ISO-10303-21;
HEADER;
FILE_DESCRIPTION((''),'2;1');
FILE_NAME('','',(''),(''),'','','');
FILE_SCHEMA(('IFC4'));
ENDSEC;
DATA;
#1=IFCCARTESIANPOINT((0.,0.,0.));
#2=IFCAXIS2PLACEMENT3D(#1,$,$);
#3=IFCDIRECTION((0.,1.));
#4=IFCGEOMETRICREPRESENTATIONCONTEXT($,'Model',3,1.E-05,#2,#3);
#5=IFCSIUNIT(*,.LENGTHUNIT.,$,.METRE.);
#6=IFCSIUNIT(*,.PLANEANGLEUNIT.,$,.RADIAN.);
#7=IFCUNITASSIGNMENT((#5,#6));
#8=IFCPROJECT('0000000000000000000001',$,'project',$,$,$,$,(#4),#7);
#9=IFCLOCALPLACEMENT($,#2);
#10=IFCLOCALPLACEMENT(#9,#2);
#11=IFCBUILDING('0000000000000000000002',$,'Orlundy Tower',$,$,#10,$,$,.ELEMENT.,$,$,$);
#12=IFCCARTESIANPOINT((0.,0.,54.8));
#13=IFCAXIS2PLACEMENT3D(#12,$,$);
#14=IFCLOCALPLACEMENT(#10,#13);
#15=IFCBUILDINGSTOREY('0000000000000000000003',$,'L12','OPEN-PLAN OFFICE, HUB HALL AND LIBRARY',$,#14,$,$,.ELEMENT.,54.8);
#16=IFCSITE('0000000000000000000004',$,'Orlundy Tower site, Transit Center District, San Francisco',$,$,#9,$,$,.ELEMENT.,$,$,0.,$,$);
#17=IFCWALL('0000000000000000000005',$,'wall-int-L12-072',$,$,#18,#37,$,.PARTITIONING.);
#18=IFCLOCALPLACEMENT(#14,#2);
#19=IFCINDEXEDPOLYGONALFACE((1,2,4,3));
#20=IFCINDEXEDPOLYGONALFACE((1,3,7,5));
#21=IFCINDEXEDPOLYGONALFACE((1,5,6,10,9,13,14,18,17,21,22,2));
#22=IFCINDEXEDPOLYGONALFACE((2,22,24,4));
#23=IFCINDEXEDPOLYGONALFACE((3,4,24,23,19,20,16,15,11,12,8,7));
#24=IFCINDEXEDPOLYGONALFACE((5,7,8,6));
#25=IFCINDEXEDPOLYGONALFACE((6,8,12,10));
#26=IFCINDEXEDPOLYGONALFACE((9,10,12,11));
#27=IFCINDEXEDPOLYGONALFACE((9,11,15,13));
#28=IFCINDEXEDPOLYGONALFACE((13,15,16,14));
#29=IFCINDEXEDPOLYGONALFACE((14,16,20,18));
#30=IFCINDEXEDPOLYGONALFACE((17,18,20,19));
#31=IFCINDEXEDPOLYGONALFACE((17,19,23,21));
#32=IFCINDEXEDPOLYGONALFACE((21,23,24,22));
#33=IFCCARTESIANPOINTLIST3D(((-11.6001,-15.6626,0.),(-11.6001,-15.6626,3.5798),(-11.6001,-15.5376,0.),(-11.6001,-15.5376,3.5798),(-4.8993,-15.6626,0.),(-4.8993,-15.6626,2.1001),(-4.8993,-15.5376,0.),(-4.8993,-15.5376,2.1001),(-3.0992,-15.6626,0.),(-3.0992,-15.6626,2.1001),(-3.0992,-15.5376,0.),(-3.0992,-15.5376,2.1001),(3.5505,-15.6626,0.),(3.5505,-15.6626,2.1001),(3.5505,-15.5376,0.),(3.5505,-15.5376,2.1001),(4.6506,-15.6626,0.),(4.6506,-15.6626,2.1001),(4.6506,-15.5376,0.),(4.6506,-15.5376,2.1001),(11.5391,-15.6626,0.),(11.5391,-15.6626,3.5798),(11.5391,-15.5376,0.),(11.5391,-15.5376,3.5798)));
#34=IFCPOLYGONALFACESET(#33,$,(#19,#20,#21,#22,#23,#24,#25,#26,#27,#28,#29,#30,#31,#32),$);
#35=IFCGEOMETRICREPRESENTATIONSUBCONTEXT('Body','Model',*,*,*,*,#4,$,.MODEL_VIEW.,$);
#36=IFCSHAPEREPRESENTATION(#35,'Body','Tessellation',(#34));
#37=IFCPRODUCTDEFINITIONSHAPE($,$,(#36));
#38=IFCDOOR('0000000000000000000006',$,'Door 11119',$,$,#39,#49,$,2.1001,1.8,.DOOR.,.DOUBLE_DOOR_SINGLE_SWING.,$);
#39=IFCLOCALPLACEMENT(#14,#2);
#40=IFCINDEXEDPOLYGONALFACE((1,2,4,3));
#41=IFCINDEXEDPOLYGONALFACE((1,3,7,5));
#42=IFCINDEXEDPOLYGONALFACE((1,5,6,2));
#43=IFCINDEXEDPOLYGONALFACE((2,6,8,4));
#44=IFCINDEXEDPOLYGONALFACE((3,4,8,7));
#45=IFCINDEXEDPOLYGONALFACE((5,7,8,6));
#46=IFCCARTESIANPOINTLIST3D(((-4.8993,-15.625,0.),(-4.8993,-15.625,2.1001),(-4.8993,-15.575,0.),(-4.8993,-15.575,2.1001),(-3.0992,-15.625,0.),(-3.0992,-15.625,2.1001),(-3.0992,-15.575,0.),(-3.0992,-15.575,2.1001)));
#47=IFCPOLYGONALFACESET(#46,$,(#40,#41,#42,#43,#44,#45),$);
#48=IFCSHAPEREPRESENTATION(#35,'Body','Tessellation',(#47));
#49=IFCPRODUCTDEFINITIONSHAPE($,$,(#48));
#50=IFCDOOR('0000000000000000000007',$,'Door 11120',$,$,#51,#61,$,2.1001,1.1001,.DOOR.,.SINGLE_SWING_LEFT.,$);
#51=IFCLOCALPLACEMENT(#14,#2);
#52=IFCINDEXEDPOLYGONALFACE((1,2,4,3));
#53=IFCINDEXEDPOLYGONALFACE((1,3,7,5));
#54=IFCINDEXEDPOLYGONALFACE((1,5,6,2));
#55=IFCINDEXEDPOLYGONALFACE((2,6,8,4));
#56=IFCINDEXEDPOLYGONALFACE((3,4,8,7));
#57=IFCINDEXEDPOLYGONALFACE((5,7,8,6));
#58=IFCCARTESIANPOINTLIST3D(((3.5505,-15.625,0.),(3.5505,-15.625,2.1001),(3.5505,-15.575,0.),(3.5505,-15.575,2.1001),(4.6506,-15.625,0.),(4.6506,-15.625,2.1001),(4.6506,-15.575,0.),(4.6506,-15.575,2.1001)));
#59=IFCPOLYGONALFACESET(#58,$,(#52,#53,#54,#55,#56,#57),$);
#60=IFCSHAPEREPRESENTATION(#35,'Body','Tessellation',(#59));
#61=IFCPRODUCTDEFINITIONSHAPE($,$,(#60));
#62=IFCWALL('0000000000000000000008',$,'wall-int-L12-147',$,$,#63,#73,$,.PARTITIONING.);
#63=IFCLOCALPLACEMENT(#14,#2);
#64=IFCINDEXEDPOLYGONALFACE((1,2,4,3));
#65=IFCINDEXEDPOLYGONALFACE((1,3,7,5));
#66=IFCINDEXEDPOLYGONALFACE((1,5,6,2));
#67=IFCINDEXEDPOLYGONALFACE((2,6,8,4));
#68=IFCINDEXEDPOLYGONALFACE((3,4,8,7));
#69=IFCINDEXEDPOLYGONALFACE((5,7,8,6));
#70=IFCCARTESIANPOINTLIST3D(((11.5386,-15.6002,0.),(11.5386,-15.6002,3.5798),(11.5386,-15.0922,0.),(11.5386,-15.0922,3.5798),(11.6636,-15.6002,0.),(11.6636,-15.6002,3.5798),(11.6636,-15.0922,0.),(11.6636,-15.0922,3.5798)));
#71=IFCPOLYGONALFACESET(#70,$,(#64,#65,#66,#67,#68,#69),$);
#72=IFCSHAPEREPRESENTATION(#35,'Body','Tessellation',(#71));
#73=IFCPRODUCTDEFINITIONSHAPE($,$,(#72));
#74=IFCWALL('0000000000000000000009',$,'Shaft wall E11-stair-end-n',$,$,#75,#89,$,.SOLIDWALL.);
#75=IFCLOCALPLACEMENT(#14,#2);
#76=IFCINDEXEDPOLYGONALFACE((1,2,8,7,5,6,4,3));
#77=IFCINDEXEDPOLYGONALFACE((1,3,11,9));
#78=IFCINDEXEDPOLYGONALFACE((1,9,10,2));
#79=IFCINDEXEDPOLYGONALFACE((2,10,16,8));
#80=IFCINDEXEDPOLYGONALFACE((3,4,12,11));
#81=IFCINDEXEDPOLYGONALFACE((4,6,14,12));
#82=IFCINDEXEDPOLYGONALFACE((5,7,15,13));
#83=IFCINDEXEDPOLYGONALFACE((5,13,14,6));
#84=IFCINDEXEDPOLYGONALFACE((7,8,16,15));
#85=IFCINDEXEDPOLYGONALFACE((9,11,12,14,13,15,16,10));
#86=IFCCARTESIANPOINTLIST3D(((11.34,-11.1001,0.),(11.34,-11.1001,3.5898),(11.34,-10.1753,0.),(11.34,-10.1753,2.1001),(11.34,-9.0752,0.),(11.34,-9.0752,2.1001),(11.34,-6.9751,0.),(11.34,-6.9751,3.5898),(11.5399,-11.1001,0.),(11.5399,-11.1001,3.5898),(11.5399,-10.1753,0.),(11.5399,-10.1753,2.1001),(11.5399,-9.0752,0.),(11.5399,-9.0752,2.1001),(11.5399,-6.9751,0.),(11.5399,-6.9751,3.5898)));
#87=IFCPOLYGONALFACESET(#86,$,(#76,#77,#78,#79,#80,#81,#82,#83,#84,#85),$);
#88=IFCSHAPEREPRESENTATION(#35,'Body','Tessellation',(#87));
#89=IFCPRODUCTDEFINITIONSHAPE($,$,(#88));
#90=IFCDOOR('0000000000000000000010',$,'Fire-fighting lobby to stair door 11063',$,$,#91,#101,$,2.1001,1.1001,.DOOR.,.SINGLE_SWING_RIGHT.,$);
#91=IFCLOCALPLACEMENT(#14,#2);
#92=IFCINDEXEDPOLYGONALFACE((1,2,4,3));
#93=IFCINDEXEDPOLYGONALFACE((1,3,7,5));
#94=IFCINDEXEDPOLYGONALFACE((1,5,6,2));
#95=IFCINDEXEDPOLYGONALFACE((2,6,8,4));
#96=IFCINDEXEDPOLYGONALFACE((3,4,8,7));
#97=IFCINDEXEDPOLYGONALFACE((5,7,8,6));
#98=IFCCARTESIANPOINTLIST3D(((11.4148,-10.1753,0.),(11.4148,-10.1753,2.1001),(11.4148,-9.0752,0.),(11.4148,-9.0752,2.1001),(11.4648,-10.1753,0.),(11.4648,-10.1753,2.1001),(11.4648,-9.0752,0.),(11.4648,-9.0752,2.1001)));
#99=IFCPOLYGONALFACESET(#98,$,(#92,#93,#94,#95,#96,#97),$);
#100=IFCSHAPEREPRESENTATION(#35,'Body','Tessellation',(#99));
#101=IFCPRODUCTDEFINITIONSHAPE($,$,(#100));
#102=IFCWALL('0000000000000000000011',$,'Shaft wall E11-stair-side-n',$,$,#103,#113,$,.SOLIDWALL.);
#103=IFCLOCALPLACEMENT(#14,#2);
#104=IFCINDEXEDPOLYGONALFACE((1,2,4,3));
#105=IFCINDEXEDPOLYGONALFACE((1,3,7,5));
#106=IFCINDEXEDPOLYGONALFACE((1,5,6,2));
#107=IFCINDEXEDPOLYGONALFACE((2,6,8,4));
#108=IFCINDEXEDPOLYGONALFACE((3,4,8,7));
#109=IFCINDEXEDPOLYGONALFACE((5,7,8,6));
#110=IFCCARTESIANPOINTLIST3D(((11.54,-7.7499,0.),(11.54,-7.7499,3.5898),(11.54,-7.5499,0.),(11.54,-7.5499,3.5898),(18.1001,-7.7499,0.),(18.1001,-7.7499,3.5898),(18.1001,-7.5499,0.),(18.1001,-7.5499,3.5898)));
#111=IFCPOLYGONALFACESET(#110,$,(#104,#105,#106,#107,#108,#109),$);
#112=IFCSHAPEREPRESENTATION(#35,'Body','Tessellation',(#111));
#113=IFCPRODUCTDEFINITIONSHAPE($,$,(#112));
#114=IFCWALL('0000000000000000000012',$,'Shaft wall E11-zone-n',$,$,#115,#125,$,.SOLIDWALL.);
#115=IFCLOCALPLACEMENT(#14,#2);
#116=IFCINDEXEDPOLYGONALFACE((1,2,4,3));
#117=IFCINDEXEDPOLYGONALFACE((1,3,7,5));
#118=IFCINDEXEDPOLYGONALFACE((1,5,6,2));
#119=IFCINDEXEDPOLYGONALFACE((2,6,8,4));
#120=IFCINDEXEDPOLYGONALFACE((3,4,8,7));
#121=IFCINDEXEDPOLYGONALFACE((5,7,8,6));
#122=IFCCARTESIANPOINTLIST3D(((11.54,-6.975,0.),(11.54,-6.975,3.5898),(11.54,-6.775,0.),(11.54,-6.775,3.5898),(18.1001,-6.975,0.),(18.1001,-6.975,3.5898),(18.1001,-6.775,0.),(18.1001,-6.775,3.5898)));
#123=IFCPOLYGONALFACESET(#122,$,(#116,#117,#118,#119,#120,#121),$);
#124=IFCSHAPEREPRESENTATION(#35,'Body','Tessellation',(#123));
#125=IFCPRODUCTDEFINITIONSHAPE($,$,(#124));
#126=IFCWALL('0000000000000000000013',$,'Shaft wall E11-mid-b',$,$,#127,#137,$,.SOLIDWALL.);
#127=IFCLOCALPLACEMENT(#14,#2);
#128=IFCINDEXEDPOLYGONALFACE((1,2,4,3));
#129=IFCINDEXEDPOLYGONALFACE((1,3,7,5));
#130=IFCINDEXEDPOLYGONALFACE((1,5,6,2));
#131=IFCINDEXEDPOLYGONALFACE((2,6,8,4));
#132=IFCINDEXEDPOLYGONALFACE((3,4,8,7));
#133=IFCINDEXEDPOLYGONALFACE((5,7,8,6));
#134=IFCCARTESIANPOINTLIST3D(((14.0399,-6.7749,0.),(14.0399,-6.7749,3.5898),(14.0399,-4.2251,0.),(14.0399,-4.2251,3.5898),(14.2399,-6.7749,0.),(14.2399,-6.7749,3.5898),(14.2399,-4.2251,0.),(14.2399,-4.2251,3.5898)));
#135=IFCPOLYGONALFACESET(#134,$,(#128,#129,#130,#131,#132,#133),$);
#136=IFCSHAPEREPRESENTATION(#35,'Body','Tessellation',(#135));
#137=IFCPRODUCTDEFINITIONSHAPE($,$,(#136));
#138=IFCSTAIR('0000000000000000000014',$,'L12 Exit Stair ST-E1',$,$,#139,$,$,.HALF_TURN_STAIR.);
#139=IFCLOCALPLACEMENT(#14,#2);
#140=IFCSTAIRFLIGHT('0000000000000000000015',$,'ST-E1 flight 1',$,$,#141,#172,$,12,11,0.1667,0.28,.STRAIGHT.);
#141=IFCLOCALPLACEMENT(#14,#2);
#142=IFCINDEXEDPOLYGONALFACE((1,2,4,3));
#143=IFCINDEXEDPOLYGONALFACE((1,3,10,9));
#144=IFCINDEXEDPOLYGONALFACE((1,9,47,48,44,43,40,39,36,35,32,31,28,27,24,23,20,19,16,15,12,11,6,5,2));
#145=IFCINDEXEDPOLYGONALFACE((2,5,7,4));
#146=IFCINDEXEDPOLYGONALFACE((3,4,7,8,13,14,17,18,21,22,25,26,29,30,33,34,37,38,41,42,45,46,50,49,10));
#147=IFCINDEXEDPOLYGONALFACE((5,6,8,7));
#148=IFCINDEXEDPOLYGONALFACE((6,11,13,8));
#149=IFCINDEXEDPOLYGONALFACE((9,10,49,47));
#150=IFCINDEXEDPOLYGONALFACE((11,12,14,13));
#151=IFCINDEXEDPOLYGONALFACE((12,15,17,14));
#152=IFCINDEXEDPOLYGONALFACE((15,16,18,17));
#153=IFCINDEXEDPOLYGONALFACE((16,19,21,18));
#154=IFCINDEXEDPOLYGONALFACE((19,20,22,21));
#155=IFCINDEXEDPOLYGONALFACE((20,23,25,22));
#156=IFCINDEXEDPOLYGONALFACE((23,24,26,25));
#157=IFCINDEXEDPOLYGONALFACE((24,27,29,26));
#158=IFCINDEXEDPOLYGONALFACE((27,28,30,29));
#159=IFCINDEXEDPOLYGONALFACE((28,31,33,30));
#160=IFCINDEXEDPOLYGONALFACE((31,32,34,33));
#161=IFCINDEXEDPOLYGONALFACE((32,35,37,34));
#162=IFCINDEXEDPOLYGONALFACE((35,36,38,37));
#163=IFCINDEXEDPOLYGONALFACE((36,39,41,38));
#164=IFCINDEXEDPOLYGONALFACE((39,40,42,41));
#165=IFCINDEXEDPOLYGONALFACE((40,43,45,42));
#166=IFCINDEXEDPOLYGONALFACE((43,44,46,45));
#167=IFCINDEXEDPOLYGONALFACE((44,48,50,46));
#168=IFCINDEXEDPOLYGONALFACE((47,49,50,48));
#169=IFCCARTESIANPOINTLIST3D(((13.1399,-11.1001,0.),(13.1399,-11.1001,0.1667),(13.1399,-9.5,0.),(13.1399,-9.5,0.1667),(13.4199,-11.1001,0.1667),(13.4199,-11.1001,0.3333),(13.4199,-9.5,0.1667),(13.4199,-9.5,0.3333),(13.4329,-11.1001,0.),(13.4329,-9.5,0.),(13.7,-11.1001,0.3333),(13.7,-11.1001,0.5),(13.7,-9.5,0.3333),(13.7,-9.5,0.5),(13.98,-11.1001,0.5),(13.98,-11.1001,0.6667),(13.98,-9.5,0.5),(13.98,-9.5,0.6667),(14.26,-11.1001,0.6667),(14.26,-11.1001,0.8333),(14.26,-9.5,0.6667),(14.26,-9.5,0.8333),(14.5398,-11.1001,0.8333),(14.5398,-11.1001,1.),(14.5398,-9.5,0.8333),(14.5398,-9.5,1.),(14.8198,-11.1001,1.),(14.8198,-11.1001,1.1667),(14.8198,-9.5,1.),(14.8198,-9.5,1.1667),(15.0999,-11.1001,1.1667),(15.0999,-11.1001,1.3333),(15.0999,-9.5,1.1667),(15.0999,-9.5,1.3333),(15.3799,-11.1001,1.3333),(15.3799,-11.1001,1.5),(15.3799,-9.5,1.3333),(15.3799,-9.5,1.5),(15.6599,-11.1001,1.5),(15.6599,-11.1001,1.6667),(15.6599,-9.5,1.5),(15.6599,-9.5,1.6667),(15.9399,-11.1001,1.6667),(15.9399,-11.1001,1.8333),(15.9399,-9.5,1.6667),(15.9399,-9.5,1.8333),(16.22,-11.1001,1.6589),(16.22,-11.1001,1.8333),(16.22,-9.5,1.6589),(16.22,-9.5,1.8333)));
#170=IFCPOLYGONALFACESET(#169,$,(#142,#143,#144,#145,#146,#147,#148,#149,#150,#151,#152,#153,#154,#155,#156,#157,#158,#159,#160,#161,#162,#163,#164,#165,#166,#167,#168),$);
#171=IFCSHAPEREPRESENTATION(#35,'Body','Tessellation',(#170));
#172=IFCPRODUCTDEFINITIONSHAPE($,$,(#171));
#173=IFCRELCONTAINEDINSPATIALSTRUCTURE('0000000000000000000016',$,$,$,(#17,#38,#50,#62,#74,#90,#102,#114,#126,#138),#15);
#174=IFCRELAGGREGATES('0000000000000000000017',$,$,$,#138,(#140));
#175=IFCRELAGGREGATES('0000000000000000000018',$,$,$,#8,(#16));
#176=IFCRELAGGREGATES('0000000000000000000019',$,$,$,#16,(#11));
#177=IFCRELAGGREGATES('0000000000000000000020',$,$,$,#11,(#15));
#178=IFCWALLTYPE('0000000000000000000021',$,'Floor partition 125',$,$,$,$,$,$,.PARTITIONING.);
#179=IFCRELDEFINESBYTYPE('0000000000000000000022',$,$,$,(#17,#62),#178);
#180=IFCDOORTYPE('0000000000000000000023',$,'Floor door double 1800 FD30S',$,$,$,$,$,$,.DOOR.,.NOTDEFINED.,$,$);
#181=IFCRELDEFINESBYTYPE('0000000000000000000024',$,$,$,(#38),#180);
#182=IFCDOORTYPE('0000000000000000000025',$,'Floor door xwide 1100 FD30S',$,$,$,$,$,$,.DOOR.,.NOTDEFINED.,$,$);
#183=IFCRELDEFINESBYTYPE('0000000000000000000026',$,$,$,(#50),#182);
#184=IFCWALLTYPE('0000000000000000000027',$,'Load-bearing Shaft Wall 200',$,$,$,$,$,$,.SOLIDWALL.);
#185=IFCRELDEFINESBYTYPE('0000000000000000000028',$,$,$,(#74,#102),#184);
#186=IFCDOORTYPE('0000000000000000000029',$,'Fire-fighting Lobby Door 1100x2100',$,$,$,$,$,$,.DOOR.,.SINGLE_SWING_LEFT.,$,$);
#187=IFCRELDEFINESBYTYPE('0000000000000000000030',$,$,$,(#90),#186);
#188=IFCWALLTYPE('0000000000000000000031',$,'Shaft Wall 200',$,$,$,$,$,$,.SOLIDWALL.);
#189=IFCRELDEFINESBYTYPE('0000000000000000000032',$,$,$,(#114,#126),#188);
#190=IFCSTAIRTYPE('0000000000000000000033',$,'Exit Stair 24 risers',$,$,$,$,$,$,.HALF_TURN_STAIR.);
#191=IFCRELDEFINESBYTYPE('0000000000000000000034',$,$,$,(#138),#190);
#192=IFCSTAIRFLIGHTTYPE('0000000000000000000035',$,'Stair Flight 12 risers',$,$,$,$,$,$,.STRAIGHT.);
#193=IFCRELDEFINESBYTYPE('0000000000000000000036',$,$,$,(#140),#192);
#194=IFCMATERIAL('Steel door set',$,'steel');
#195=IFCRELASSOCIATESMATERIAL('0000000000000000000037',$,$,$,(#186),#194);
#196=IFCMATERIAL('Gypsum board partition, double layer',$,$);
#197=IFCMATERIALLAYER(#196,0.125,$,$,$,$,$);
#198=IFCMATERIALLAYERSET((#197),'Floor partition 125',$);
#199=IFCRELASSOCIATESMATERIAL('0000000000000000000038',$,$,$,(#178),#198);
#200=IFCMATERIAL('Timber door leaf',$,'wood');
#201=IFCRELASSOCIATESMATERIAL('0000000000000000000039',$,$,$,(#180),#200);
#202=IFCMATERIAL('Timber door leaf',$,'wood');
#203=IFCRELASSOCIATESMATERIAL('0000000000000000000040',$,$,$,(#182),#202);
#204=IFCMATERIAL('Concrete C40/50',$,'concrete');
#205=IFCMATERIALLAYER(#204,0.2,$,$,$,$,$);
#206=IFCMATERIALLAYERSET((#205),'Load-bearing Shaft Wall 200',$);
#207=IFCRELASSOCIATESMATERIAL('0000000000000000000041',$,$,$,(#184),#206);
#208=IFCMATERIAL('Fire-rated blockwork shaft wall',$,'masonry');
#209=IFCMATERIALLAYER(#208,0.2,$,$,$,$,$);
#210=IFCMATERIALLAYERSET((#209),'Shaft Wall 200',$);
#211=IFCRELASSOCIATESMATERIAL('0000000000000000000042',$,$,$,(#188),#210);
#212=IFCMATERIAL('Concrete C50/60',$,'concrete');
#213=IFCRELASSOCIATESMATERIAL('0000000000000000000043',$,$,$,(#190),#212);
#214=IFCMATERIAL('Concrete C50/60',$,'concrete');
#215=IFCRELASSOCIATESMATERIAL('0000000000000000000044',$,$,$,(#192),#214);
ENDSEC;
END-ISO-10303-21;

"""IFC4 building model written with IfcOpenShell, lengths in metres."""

from ifc_helpers import new_model, si_unit, direction, frame, frame_2d, origin, place, context, subcontext, project, spatial, polyline, rectangle, outline, extrude, material, layer, layer_set, type_object, element, fill, aggregate, save


model = new_model("IFC4")

# Units and contexts
model_context = context("Model", 3, precision=1e-05, world=origin(), true_north=direction((0.0, 1.0)))
body_context = subcontext(model_context, "Body", "Model", "MODEL_VIEW")
ifc_project = project(units=[si_unit("LENGTHUNIT", "METRE"), si_unit("PLANEANGLEUNIT", "RADIAN")], contexts=[model_context])

# Site, building, storey
site_placement = place(None, origin())
site = spatial("IfcSite", under=ifc_project, at=site_placement, Name="Orlundy Tower site, Transit Center District, San Francisco", CompositionType="ELEMENT", RefElevation=0.0)
building_placement = place(site_placement, origin())
building = spatial("IfcBuilding", under=site, at=building_placement, Name="Orlundy Tower", CompositionType="ELEMENT")
storey_placement = place(building_placement, frame((0.0, 0.0, 54.8)))
storey = spatial("IfcBuildingStorey", under=building, at=storey_placement, Name="L12", Description="OPEN-PLAN OFFICE, HUB HALL AND LIBRARY", CompositionType="ELEMENT", Elevation=54.8)

# Shared definitions
ifc_material_1 = material(Name="Steel door set", Category="steel")
door_type_1 = type_object("IfcDoorType", Name="Fire-fighting Lobby Door 1100x2100", OperationType="SINGLE_SWING_LEFT", PredefinedType="DOOR", material=ifc_material_1)

# Shared definitions
ifc_material_2 = material(Name="Gypsum board partition, double layer")
ifc_layer_1 = layer(ifc_material_2, 0.125)
ifc_layer_set_1 = layer_set([ifc_layer_1], Name="Floor partition 125")
wall_type_1 = type_object("IfcWallType", Name="Floor partition 125", PredefinedType="PARTITIONING", material=ifc_layer_set_1)

# Wall, openings, doors
wall_1_placement = place(storey_placement, frame((11.5391, -15.6001, 0.0), z_axis=(0.0, 0.0, 1.0), x_axis=(-1.0, 0.0, 0.0)))
wall_1 = element("IfcWall", 1, at=wall_1_placement, inside=storey, type_object=wall_type_1, Name="wall-int-L12-072", PredefinedType="PARTITIONING", context=body_context, shape_type="SweptSolid", body=[
    extrude(rectangle(XDim=23.1392, YDim=0.125, at=frame_2d((11.5696, 0.0))), origin(), (0.0, 0.0, 1.0), 3.5798),
])
opening_1_placement = place(wall_1_placement, frame((14.6384, 0.0, 0.0)))
opening_1 = element("IfcOpeningElement", 2, at=opening_1_placement, cuts=wall_1, PredefinedType="OPENING", context=body_context, shape_type="SweptSolid", body=[
    extrude(rectangle(XDim=1.8, YDim=2.1001, at=frame_2d((0.8999, 1.05))), frame((0.0, 0.0725, 0.0), z_axis=(0.0, -1.0, 0.0), x_axis=(1.0, 0.0, 0.0)), (0.0, 0.0, 1.0), 0.145),
])
opening_2_placement = place(wall_1_placement, frame((6.8884, 0.0, 0.0)))
opening_2 = element("IfcOpeningElement", 3, at=opening_2_placement, cuts=wall_1, PredefinedType="OPENING", context=body_context, shape_type="SweptSolid", body=[
    extrude(rectangle(XDim=1.1001, YDim=2.1001, at=frame_2d((0.55, 1.05))), frame((0.0, 0.0725, 0.0), z_axis=(0.0, -1.0, 0.0), x_axis=(1.0, 0.0, 0.0)), (0.0, 0.0, 1.0), 0.145),
])
ifc_material_3 = material(Name="Timber door leaf", Category="wood")
door_type_2 = type_object("IfcDoorType", Name="Floor door double 1800 FD30S", OperationType="NOTDEFINED", PredefinedType="DOOR", material=ifc_material_3)
door_1_placement = place(opening_1_placement, origin())
door_1 = element("IfcDoor", 4, at=door_1_placement, inside=storey, type_object=door_type_2, Name="Door 11119", OperationType="DOUBLE_DOOR_SINGLE_SWING", OverallHeight=2.1001, OverallWidth=1.8, PredefinedType="DOOR", context=body_context, shape_type="SweptSolid", body=[
    extrude(rectangle(XDim=1.8, YDim=2.1001, at=frame_2d((0.8999, 1.05))), frame((0.0, 0.0249, 0.0), z_axis=(0.0, -1.0, 0.0), x_axis=(1.0, 0.0, 0.0)), (0.0, 0.0, 1.0), 0.05),
])
fill(opening_1, door_1)
ifc_material_4 = material(Name="Timber door leaf", Category="wood")
door_type_3 = type_object("IfcDoorType", Name="Floor door xwide 1100 FD30S", OperationType="NOTDEFINED", PredefinedType="DOOR", material=ifc_material_4)
door_2_placement = place(opening_2_placement, origin())
door_2 = element("IfcDoor", 5, at=door_2_placement, inside=storey, type_object=door_type_3, Name="Door 11120", OperationType="SINGLE_SWING_LEFT", OverallHeight=2.1001, OverallWidth=1.1001, PredefinedType="DOOR", context=body_context, shape_type="SweptSolid", body=[
    extrude(rectangle(XDim=1.1001, YDim=2.1001, at=frame_2d((0.55, 1.05))), frame((0.0, 0.0249, 0.0), z_axis=(0.0, -1.0, 0.0), x_axis=(1.0, 0.0, 0.0)), (0.0, 0.0, 1.0), 0.05),
])
fill(opening_2, door_2)

# Wall
wall_2_placement = place(storey_placement, frame((11.6011, -15.6001, 0.0), z_axis=(0.0, 0.0, 1.0), x_axis=(0.0, 1.0, 0.0)))
element("IfcWall", 6, at=wall_2_placement, inside=storey, type_object=wall_type_1, Name="wall-int-L12-147", PredefinedType="PARTITIONING", context=body_context, shape_type="SweptSolid", body=[
    extrude(rectangle(XDim=0.5081, YDim=0.125, at=frame_2d((0.2539, 0.0))), origin(), (0.0, 0.0, 1.0), 3.5798),
])

# Wall, opening, door
ifc_material_5 = material(Name="Concrete C40/50", Category="concrete")
ifc_layer_2 = layer(ifc_material_5, 0.2)
ifc_layer_set_2 = layer_set([ifc_layer_2], Name="Load-bearing Shaft Wall 200")
wall_type_2 = type_object("IfcWallType", Name="Load-bearing Shaft Wall 200", PredefinedType="SOLIDWALL", material=ifc_layer_set_2)
wall_3_placement = place(storey_placement, frame((11.4399, -6.9751, 0.0), z_axis=(0.0, 0.0, 1.0), x_axis=(0.0, -1.0, 0.0)))
wall_3 = element("IfcWall", 7, at=wall_3_placement, inside=storey, type_object=wall_type_2, Name="Shaft wall E11-stair-end-n", PredefinedType="SOLIDWALL", context=body_context, shape_type="SweptSolid", body=[
    extrude(rectangle(XDim=4.125, YDim=0.2, at=frame_2d((2.0625, 0.0))), origin(), (0.0, 0.0, 1.0), 3.5898),
])
opening_3_placement = place(wall_3_placement, frame((2.1001, 0.0, 0.0)))
opening_3 = element("IfcOpeningElement", 8, at=opening_3_placement, cuts=wall_3, PredefinedType="OPENING", context=body_context, shape_type="SweptSolid", body=[
    extrude(rectangle(XDim=1.1001, YDim=2.1001, at=frame_2d((0.55, 1.05))), frame((0.0, 0.1101, 0.0), z_axis=(0.0, -1.0, 0.0), x_axis=(1.0, 0.0, 0.0)), (0.0, 0.0, 1.0), 0.2202),
])
door_3_placement = place(opening_3_placement, origin())
door_3 = element("IfcDoor", 9, at=door_3_placement, inside=storey, type_object=door_type_1, Name="Fire-fighting lobby to stair door 11063", OperationType="SINGLE_SWING_RIGHT", OverallHeight=2.1001, OverallWidth=1.1001, PredefinedType="DOOR", context=body_context, shape_type="SweptSolid", body=[
    extrude(rectangle(XDim=1.1001, YDim=2.1001, at=frame_2d((0.55, 1.05))), frame((0.0, 0.0249, 0.0), z_axis=(0.0, -1.0, 0.0), x_axis=(1.0, 0.0, 0.0)), (0.0, 0.0, 1.0), 0.05),
])
fill(opening_3, door_3)

# Walls
wall_4_placement = place(storey_placement, frame((11.54, -7.6499, 0.0), z_axis=(0.0, 0.0, 1.0), x_axis=(1.0, 0.0, 0.0)))
element("IfcWall", 10, at=wall_4_placement, inside=storey, type_object=wall_type_2, Name="Shaft wall E11-stair-side-n", PredefinedType="SOLIDWALL", context=body_context, shape_type="SweptSolid", body=[
    extrude(rectangle(XDim=6.5601, YDim=0.2, at=frame_2d((3.28, 0.0))), origin(), (0.0, 0.0, 1.0), 3.5898),
])
ifc_material_6 = material(Name="Fire-rated blockwork shaft wall", Category="masonry")
ifc_layer_3 = layer(ifc_material_6, 0.2)
ifc_layer_set_3 = layer_set([ifc_layer_3], Name="Shaft Wall 200")
wall_type_3 = type_object("IfcWallType", Name="Shaft Wall 200", PredefinedType="SOLIDWALL", material=ifc_layer_set_3)
wall_5_placement = place(storey_placement, frame((11.54, -6.875, 0.0), z_axis=(0.0, 0.0, 1.0), x_axis=(1.0, 0.0, 0.0)))
element("IfcWall", 11, at=wall_5_placement, inside=storey, type_object=wall_type_3, Name="Shaft wall E11-zone-n", PredefinedType="SOLIDWALL", context=body_context, shape_type="SweptSolid", body=[
    extrude(rectangle(XDim=6.5601, YDim=0.2, at=frame_2d((3.28, 0.0))), origin(), (0.0, 0.0, 1.0), 3.5898),
])
wall_6_placement = place(storey_placement, frame((14.1399, -4.2251, 0.0), z_axis=(0.0, 0.0, 1.0), x_axis=(0.0, -1.0, 0.0)))
element("IfcWall", 12, at=wall_6_placement, inside=storey, type_object=wall_type_3, Name="Shaft wall E11-mid-b", PredefinedType="SOLIDWALL", context=body_context, shape_type="SweptSolid", body=[
    extrude(rectangle(XDim=2.5498, YDim=0.2, at=frame_2d((1.2749, 0.0))), origin(), (0.0, 0.0, 1.0), 3.5898),
])

# Stair, stair flight
ifc_material_7 = material(Name="Concrete C50/60", Category="concrete")
stair_type = type_object("IfcStairType", Name="Exit Stair 24 risers", PredefinedType="HALF_TURN_STAIR", material=ifc_material_7)
stair_placement = place(storey_placement, origin())
stair = element("IfcStair", 13, at=stair_placement, inside=storey, type_object=stair_type, Name="L12 Exit Stair ST-E1", PredefinedType="HALF_TURN_STAIR")
ifc_material_8 = material(Name="Concrete C50/60", Category="concrete")
stair_flight_type = type_object("IfcStairFlightType", Name="Stair Flight 12 risers", PredefinedType="STRAIGHT", material=ifc_material_8)
stair_flight_1_placement = place(storey_placement, frame((13.1399, -10.3, 0.0), z_axis=(0.0, 0.0, 1.0), x_axis=(1.0, 0.0, 0.0)))
stair_flight_1 = element("IfcStairFlight", 14, at=stair_flight_1_placement, type_object=stair_flight_type, Name="ST-E1 flight 1", NumberOfRisers=12, NumberOfTreads=11, PredefinedType="STRAIGHT", RiserHeight=0.1667, TreadLength=0.28, context=body_context, shape_type="SweptSolid", body=[
    extrude(outline(polyline([(0.0, 0.0), (0.0, 0.1667), (0.28, 0.1667), (0.28, 0.3333), (0.5601, 0.3333), (0.5601, 0.5), (0.8401, 0.5), (0.8401, 0.6667), (1.1201, 0.6667), (1.1201, 0.8333), (1.3999, 0.8333), (1.3999, 1.0), (1.6799, 1.0), (1.6799, 1.1667), (1.96, 1.1667), (1.96, 1.3333), (2.24, 1.3333), (2.24, 1.5), (2.52, 1.5), (2.52, 1.6667), (2.8, 1.6667), (2.8, 1.8333), (3.0801, 1.8333), (3.0801, 2.0), (3.0801, 1.6589), (0.293, 0.0), (0.0, 0.0)])), frame((0.0, 0.8, 0.0), z_axis=(0.0, -1.0, 0.0), x_axis=(1.0, 0.0, 0.0)), (0.0, 0.0, 1.0), 1.6001),
])
aggregate(stair, [stair_flight_1])

save(model, "model.ifc")
